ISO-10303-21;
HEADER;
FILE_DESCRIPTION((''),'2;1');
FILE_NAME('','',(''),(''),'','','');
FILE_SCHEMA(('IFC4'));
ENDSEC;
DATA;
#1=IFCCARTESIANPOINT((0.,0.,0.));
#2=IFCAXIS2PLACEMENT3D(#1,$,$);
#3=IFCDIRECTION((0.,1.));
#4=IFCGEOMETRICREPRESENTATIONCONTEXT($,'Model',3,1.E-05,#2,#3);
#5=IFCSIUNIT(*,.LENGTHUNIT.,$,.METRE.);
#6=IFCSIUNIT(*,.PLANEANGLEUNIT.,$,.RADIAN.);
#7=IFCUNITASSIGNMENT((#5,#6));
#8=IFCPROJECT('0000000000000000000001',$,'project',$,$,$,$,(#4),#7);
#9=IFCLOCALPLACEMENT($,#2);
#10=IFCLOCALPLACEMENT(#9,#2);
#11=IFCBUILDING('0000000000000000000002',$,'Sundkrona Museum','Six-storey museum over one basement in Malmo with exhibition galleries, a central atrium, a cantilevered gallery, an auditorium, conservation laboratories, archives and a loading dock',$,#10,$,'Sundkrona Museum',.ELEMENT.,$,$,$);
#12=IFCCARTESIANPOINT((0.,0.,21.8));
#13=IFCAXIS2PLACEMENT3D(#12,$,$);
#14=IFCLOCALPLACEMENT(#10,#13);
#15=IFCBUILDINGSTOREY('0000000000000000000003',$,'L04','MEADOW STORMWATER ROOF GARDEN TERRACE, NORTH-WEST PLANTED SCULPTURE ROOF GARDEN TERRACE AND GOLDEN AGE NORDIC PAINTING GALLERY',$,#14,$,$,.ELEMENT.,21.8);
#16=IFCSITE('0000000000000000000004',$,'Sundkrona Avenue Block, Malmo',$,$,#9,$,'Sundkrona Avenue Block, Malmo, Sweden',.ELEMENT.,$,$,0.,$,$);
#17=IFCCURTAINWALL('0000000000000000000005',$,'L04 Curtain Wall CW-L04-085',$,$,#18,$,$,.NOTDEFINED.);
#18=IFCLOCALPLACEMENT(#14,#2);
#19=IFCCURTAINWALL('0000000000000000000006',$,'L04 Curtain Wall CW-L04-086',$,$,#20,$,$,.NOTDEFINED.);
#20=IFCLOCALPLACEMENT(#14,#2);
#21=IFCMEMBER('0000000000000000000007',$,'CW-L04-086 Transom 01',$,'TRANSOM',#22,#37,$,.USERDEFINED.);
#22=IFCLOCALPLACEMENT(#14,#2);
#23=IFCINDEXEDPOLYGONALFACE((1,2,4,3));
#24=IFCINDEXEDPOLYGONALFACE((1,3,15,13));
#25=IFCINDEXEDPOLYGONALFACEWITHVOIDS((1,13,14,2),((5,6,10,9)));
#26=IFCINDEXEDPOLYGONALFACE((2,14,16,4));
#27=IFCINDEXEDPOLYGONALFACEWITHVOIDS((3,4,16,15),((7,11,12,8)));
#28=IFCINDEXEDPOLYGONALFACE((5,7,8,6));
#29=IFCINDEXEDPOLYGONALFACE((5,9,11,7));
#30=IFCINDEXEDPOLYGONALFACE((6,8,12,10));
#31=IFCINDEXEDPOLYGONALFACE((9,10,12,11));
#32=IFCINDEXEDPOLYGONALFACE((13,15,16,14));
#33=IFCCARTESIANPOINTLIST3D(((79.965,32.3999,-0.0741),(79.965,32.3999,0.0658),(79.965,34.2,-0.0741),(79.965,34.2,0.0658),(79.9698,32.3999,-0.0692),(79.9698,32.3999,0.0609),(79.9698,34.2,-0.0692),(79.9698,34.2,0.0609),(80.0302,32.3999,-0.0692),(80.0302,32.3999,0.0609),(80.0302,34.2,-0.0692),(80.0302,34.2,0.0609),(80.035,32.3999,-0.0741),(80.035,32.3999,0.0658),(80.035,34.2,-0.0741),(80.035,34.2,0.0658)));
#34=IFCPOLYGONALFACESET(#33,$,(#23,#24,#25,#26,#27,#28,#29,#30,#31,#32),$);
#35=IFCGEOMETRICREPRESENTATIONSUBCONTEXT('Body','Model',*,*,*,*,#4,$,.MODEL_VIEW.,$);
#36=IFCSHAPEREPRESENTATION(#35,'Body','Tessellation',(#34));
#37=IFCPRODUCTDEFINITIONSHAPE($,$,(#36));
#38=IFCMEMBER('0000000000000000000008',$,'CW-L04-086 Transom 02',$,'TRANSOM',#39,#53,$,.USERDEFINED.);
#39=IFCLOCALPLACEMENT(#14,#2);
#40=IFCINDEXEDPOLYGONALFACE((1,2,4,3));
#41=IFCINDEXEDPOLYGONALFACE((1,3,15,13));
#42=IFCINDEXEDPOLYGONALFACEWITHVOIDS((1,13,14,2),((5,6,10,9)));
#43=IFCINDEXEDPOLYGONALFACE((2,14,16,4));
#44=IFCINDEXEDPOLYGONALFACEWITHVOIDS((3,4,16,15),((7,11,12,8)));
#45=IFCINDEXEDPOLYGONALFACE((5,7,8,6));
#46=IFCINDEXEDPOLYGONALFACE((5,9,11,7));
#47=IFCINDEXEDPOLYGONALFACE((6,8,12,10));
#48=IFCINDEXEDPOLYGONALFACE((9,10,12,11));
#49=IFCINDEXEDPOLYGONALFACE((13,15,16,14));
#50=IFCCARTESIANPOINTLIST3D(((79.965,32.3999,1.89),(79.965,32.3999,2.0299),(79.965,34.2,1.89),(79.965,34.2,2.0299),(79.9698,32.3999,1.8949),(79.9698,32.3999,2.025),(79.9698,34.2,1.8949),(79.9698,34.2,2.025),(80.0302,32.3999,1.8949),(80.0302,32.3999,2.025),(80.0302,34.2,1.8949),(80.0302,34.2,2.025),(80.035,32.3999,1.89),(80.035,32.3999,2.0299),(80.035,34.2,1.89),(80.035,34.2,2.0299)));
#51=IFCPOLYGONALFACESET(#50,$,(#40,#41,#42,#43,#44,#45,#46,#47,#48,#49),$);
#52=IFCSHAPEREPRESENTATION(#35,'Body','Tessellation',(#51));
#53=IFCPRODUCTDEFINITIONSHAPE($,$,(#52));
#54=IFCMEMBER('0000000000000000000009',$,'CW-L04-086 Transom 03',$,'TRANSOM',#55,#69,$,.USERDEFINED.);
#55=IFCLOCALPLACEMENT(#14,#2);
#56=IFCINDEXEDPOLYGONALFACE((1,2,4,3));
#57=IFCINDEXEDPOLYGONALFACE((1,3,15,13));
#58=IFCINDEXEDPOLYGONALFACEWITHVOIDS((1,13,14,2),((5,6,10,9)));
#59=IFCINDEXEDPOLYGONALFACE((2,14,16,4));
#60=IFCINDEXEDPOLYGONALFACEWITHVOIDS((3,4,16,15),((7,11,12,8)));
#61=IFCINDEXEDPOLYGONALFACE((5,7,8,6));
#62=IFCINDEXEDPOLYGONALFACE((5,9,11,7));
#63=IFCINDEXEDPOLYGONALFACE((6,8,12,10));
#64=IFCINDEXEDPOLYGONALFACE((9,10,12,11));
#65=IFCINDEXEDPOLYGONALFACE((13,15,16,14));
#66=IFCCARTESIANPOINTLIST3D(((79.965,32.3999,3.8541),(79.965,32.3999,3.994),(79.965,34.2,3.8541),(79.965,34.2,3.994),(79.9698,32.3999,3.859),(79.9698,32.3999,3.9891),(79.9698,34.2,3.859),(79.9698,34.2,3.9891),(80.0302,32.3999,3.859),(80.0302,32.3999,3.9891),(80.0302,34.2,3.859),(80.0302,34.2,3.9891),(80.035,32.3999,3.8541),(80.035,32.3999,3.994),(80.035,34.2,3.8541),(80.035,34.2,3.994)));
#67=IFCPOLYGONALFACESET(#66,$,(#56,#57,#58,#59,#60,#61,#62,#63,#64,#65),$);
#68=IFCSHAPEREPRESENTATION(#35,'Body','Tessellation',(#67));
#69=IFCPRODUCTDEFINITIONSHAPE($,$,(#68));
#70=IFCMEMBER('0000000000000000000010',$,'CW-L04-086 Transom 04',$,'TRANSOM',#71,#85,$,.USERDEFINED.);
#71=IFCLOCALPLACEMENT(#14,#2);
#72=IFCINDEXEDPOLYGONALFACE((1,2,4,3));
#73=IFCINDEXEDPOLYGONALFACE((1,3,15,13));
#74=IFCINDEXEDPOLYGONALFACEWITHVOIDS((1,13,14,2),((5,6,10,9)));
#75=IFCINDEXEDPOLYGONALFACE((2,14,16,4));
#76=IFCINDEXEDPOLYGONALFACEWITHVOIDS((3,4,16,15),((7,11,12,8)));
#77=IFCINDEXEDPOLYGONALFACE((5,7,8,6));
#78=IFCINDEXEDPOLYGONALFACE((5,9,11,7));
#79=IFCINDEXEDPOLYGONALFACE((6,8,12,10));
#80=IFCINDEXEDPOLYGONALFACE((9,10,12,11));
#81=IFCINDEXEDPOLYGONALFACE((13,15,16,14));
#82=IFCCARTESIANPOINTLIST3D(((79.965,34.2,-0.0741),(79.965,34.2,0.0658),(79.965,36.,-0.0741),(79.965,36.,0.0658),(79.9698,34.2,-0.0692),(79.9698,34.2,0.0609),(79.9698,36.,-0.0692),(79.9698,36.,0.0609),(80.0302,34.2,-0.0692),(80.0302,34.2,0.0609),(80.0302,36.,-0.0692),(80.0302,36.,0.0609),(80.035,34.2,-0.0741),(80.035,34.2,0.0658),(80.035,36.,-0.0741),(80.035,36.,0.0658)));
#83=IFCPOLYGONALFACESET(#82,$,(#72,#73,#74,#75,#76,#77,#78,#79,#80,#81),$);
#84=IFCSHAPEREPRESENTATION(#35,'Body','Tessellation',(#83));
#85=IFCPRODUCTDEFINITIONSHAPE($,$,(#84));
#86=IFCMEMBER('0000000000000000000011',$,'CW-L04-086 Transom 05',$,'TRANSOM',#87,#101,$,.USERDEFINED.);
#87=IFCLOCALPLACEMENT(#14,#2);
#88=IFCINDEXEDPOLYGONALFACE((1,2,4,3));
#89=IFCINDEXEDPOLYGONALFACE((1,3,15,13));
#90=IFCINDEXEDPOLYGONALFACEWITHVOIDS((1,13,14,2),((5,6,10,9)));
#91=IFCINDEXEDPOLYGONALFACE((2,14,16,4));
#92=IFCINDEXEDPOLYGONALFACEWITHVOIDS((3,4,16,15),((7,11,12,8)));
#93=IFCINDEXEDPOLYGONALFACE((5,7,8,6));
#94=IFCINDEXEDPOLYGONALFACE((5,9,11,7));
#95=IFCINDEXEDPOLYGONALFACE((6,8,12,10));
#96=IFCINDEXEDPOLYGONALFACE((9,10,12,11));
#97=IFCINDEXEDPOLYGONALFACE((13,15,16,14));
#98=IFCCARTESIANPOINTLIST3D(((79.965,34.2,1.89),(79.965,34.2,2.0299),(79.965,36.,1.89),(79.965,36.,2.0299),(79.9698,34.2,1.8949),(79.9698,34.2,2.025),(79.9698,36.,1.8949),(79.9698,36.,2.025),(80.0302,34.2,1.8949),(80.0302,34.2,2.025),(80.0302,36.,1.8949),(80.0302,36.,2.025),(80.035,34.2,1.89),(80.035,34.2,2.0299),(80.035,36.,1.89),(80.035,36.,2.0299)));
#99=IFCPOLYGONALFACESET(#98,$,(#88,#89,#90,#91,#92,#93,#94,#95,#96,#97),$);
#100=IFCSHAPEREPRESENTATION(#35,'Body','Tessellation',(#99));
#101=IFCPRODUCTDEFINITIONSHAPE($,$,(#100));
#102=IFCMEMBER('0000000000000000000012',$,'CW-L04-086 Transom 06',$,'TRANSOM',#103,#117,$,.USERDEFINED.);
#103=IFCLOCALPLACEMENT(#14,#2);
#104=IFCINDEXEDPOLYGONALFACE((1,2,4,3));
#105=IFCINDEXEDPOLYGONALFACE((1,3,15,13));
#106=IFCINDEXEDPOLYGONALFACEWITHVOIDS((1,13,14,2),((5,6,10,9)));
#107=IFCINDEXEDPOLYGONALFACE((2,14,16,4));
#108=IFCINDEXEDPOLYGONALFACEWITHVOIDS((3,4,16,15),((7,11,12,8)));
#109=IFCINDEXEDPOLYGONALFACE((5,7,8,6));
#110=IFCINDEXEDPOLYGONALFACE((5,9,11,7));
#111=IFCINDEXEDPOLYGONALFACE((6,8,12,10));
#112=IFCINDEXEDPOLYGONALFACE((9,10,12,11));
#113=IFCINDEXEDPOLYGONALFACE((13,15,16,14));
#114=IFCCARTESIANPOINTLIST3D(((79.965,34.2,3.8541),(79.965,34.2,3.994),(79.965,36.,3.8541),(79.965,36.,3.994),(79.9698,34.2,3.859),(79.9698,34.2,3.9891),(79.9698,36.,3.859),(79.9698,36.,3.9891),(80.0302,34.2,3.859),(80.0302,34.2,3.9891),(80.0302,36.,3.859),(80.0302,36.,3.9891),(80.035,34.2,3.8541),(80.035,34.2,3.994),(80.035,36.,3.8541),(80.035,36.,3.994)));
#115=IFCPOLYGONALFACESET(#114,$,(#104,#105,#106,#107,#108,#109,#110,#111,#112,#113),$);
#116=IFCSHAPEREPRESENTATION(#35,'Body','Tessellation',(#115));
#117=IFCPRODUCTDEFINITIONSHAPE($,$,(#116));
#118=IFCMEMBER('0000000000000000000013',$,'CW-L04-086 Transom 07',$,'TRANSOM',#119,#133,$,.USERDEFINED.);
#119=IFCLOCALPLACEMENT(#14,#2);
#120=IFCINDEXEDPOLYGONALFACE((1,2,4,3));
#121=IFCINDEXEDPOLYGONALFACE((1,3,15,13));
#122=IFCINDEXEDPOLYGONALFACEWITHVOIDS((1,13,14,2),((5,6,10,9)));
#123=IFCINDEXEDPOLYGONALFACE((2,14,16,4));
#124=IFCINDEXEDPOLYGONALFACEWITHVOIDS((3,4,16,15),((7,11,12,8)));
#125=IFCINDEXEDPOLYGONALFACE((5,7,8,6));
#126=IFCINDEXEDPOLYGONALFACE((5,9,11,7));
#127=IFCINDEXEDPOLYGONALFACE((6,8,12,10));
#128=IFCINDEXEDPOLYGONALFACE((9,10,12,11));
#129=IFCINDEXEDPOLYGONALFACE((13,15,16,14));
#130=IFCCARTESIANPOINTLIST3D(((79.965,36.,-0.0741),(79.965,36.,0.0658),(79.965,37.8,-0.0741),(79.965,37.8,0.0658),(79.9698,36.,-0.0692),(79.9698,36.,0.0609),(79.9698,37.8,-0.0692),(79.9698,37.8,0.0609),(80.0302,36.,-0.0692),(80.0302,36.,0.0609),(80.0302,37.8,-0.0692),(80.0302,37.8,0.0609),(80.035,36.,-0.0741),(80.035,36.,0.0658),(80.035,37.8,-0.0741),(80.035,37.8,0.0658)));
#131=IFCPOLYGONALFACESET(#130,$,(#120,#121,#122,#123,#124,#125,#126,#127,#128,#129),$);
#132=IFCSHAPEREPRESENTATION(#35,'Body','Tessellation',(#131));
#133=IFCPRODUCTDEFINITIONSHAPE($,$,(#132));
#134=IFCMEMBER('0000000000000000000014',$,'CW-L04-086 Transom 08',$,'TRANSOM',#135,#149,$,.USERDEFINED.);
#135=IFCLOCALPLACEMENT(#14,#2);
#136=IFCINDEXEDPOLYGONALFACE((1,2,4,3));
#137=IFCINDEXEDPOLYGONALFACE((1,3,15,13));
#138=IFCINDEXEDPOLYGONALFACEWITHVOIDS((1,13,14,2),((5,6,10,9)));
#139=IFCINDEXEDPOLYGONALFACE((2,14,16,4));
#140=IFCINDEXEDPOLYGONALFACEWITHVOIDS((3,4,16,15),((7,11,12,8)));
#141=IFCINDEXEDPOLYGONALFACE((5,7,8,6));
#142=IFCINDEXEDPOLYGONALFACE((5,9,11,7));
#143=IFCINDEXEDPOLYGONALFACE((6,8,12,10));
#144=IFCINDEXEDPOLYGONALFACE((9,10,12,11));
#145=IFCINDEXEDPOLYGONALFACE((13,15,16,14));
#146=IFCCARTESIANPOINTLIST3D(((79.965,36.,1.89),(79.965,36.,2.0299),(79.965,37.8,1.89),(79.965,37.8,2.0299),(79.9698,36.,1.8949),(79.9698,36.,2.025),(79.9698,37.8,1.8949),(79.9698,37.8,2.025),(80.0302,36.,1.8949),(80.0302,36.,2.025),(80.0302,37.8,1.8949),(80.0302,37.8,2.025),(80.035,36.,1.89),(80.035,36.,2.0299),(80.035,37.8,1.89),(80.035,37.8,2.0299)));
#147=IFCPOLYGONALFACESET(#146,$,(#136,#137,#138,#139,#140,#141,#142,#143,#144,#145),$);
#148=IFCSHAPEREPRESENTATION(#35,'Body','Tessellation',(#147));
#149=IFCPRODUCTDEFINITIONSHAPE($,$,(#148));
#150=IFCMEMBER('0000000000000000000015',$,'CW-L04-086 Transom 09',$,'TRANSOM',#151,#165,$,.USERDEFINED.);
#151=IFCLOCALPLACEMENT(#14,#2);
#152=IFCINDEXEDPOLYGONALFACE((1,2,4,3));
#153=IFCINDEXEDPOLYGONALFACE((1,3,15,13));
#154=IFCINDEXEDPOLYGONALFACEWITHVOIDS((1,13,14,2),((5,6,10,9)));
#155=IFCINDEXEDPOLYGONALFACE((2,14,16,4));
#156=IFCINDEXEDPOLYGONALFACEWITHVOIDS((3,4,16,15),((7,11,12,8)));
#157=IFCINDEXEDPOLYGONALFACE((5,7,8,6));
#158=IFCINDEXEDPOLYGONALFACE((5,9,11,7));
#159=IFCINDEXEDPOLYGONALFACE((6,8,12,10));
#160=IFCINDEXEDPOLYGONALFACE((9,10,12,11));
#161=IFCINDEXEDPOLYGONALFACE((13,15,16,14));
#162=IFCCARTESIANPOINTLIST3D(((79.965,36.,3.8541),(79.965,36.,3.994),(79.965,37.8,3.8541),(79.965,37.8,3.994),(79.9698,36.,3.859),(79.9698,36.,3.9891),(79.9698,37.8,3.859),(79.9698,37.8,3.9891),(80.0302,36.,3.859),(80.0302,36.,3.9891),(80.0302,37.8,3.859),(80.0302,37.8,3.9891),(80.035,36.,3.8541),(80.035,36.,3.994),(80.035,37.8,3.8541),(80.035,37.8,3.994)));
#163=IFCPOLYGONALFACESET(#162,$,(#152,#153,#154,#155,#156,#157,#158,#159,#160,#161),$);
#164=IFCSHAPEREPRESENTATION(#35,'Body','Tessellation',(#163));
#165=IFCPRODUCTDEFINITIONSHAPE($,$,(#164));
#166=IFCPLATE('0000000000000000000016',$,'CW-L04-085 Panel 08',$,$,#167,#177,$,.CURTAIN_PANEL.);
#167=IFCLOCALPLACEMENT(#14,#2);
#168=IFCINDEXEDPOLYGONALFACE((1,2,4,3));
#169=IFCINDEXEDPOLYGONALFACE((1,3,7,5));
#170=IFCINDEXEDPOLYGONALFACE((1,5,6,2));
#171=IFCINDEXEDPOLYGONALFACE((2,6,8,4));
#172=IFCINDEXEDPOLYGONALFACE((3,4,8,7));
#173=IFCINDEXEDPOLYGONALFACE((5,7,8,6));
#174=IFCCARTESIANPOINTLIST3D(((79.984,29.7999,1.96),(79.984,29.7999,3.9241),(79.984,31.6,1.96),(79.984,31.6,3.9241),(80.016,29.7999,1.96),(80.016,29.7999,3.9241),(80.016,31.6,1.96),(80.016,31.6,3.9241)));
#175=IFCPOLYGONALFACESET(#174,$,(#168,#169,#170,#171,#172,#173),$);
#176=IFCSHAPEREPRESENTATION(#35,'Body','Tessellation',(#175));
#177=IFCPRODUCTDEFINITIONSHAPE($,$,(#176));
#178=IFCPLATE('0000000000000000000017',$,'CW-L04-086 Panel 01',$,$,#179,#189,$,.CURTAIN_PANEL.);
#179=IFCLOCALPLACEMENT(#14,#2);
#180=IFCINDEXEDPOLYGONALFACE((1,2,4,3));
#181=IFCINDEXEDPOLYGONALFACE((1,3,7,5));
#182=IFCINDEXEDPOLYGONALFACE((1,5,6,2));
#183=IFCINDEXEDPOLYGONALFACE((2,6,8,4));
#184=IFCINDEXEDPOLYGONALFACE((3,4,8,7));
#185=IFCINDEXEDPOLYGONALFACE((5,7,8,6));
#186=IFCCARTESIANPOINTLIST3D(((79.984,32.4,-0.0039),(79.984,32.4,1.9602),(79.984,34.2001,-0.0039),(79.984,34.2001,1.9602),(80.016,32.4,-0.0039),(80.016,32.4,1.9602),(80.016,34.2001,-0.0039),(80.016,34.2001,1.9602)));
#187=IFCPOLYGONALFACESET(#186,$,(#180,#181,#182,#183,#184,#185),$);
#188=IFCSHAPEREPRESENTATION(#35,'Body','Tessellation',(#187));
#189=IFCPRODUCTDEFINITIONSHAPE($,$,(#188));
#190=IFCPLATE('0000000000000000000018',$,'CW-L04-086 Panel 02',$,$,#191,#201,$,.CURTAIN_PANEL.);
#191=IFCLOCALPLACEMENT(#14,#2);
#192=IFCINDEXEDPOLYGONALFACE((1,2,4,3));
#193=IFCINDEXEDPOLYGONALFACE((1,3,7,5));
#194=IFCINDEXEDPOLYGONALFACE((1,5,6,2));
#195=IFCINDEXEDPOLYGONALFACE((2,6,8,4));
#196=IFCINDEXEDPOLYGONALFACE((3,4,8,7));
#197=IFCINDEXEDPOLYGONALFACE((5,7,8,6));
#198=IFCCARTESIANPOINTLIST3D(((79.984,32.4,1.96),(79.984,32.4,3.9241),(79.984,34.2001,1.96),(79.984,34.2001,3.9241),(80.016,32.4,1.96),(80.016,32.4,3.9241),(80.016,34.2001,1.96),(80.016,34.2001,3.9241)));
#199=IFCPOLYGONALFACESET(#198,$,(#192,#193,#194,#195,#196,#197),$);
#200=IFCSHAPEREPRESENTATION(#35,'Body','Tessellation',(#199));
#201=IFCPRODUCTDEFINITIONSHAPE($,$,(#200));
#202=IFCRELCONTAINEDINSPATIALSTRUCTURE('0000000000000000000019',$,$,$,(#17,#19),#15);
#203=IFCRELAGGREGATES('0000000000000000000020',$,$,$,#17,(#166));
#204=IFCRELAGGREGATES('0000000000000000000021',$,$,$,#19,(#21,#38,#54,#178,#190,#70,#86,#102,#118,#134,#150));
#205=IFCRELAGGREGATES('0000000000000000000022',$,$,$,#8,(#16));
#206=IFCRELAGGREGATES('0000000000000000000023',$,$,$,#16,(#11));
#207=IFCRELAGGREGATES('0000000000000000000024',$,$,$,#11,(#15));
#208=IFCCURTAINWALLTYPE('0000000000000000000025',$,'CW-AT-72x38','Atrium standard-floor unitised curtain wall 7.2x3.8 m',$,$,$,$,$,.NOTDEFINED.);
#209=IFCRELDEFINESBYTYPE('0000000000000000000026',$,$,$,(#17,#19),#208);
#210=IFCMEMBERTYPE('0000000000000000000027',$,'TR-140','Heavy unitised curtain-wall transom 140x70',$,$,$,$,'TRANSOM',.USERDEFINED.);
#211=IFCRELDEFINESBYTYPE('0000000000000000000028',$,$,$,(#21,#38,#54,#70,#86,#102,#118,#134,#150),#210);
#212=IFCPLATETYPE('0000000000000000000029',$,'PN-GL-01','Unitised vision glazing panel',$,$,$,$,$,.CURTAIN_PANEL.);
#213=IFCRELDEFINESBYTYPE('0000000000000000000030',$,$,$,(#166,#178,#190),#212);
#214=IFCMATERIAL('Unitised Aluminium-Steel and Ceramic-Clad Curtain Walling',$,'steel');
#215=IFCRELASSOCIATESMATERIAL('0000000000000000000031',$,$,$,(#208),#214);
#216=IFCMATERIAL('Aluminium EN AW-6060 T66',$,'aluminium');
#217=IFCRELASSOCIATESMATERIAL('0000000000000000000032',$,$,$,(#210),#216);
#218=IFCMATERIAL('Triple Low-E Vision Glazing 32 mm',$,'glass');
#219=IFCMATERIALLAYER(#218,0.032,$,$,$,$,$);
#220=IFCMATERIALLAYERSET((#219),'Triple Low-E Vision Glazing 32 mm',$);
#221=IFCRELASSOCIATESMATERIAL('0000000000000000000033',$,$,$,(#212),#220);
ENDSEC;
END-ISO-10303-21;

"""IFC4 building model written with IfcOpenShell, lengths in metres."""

from ifc_helpers import new_model, si_unit, direction, frame, origin, origin_2d, place, context, subcontext, project, spatial, rectangle, hollow_rectangle, extrude, material, layer, layer_set, material_profile, profile_set, type_object, element, aggregate, save


model = new_model("IFC4")

# Units and contexts
model_context = context("Model", 3, precision=1e-05, world=origin(), true_north=direction((0.0, 1.0)))
body_context = subcontext(model_context, "Body", "Model", "MODEL_VIEW")
ifc_project = project(units=[si_unit("LENGTHUNIT", "METRE"), si_unit("PLANEANGLEUNIT", "RADIAN")], contexts=[model_context])

# Site, building, storey
site_placement = place(None, origin())
site = spatial("IfcSite", under=ifc_project, at=site_placement, Name="Sundkrona Avenue Block, Malmo", LongName="Sundkrona Avenue Block, Malmo, Sweden", CompositionType="ELEMENT", RefElevation=0.0)
building_placement = place(site_placement, origin())
building = spatial("IfcBuilding", under=site, at=building_placement, Name="Sundkrona Museum", Description="Six-storey museum over one basement in Malmo with exhibition galleries, a central atrium, a cantilevered gallery, an auditorium, conservation laboratories, archives and a loading dock", LongName="Sundkrona Museum", CompositionType="ELEMENT")
storey_placement = place(building_placement, frame((0.0, 0.0, 21.8)))
storey = spatial("IfcBuildingStorey", under=building, at=storey_placement, Name="L04", Description="MEADOW STORMWATER ROOF GARDEN TERRACE, NORTH-WEST PLANTED SCULPTURE ROOF GARDEN TERRACE AND GOLDEN AGE NORDIC PAINTING GALLERY", CompositionType="ELEMENT", Elevation=21.8)

# Curtain wall
ifc_material_1 = material(Name="Unitised Aluminium-Steel and Ceramic-Clad Curtain Walling", Category="steel")
ifc_material_2 = material(Name="Aluminium EN AW-6060 T66", Category="aluminium")
curtain_wall_type_1 = type_object("IfcCurtainWallType", Name="CW-AT-72x38", Description="Atrium standard-floor unitised curtain wall 7.2x3.8 m", PredefinedType="NOTDEFINED", material=ifc_material_1)
curtain_wall_1_placement = place(storey_placement, origin())
curtain_wall_1 = element("IfcCurtainWall", 1, at=curtain_wall_1_placement, inside=storey, type_object=curtain_wall_type_1, Name="L04 Curtain Wall CW-L04-085", PredefinedType="NOTDEFINED")

# Curtain wall
curtain_wall_2_placement = place(storey_placement, origin())
curtain_wall_2 = element("IfcCurtainWall", 2, at=curtain_wall_2_placement, inside=storey, type_object=curtain_wall_type_1, Name="L04 Curtain Wall CW-L04-086", PredefinedType="NOTDEFINED")

# Members
ifc_material_profile_1 = material_profile(ifc_material_2, hollow_rectangle(XDim=0.0701, YDim=0.1399, WallThickness=0.0049, at=origin_2d()), Name="RHS 140x70x5.0")
ifc_profile_set_1 = profile_set([ifc_material_profile_1], Name="Aluminium EN AW-6060 T66")
member_type_1 = type_object("IfcMemberType", Name="TR-140", Description="Heavy unitised curtain-wall transom 140x70", ElementType="TRANSOM", PredefinedType="USERDEFINED", material=ifc_profile_set_1)
member_1_placement = place(storey_placement, frame((80.0, 32.3999, -0.0042), z_axis=(0.0, 1.0, 0.0), x_axis=(-1.0, 0.0, 0.0)))
member_1 = element("IfcMember", 3, at=member_1_placement, type_object=member_type_1, Name="CW-L04-086 Transom 01", ObjectType="TRANSOM", PredefinedType="USERDEFINED", context=body_context, shape_type="SweptSolid", body=[
    extrude(hollow_rectangle(XDim=0.0701, YDim=0.1399, WallThickness=0.0049, at=origin_2d()), origin(), (0.0, 0.0, 1.0), 1.8),
])
member_2_placement = place(storey_placement, frame((80.0, 32.3999, 1.96), z_axis=(0.0, 1.0, 0.0), x_axis=(-1.0, 0.0, 0.0)))
member_2 = element("IfcMember", 4, at=member_2_placement, type_object=member_type_1, Name="CW-L04-086 Transom 02", ObjectType="TRANSOM", PredefinedType="USERDEFINED", context=body_context, shape_type="SweptSolid", body=[
    extrude(hollow_rectangle(XDim=0.0701, YDim=0.1399, WallThickness=0.0049, at=origin_2d()), origin(), (0.0, 0.0, 1.0), 1.8),
])
member_3_placement = place(storey_placement, frame((80.0, 32.3999, 3.9241), z_axis=(0.0, 1.0, 0.0), x_axis=(-1.0, 0.0, 0.0)))
member_3 = element("IfcMember", 5, at=member_3_placement, type_object=member_type_1, Name="CW-L04-086 Transom 03", ObjectType="TRANSOM", PredefinedType="USERDEFINED", context=body_context, shape_type="SweptSolid", body=[
    extrude(hollow_rectangle(XDim=0.0701, YDim=0.1399, WallThickness=0.0049, at=origin_2d()), origin(), (0.0, 0.0, 1.0), 1.8),
])
member_4_placement = place(storey_placement, frame((80.0, 34.2, -0.0042), z_axis=(0.0, 1.0, 0.0), x_axis=(-1.0, 0.0, 0.0)))
member_4 = element("IfcMember", 6, at=member_4_placement, type_object=member_type_1, Name="CW-L04-086 Transom 04", ObjectType="TRANSOM", PredefinedType="USERDEFINED", context=body_context, shape_type="SweptSolid", body=[
    extrude(hollow_rectangle(XDim=0.0701, YDim=0.1399, WallThickness=0.0049, at=origin_2d()), origin(), (0.0, 0.0, 1.0), 1.8),
])
member_5_placement = place(storey_placement, frame((80.0, 34.2, 1.96), z_axis=(0.0, 1.0, 0.0), x_axis=(-1.0, 0.0, 0.0)))
member_5 = element("IfcMember", 7, at=member_5_placement, type_object=member_type_1, Name="CW-L04-086 Transom 05", ObjectType="TRANSOM", PredefinedType="USERDEFINED", context=body_context, shape_type="SweptSolid", body=[
    extrude(hollow_rectangle(XDim=0.0701, YDim=0.1399, WallThickness=0.0049, at=origin_2d()), origin(), (0.0, 0.0, 1.0), 1.8),
])
member_6_placement = place(storey_placement, frame((80.0, 34.2, 3.9241), z_axis=(0.0, 1.0, 0.0), x_axis=(-1.0, 0.0, 0.0)))
member_6 = element("IfcMember", 8, at=member_6_placement, type_object=member_type_1, Name="CW-L04-086 Transom 06", ObjectType="TRANSOM", PredefinedType="USERDEFINED", context=body_context, shape_type="SweptSolid", body=[
    extrude(hollow_rectangle(XDim=0.0701, YDim=0.1399, WallThickness=0.0049, at=origin_2d()), origin(), (0.0, 0.0, 1.0), 1.8),
])
member_7_placement = place(storey_placement, frame((80.0, 36.0, -0.0042), z_axis=(0.0, 1.0, 0.0), x_axis=(-1.0, 0.0, 0.0)))
member_7 = element("IfcMember", 9, at=member_7_placement, type_object=member_type_1, Name="CW-L04-086 Transom 07", ObjectType="TRANSOM", PredefinedType="USERDEFINED", context=body_context, shape_type="SweptSolid", body=[
    extrude(hollow_rectangle(XDim=0.0701, YDim=0.1399, WallThickness=0.0049, at=origin_2d()), origin(), (0.0, 0.0, 1.0), 1.8),
])
member_8_placement = place(storey_placement, frame((80.0, 36.0, 1.96), z_axis=(0.0, 1.0, 0.0), x_axis=(-1.0, 0.0, 0.0)))
member_8 = element("IfcMember", 10, at=member_8_placement, type_object=member_type_1, Name="CW-L04-086 Transom 08", ObjectType="TRANSOM", PredefinedType="USERDEFINED", context=body_context, shape_type="SweptSolid", body=[
    extrude(hollow_rectangle(XDim=0.0701, YDim=0.1399, WallThickness=0.0049, at=origin_2d()), origin(), (0.0, 0.0, 1.0), 1.8),
])
member_9_placement = place(storey_placement, frame((80.0, 36.0, 3.9241), z_axis=(0.0, 1.0, 0.0), x_axis=(-1.0, 0.0, 0.0)))
member_9 = element("IfcMember", 11, at=member_9_placement, type_object=member_type_1, Name="CW-L04-086 Transom 09", ObjectType="TRANSOM", PredefinedType="USERDEFINED", context=body_context, shape_type="SweptSolid", body=[
    extrude(hollow_rectangle(XDim=0.0701, YDim=0.1399, WallThickness=0.0049, at=origin_2d()), origin(), (0.0, 0.0, 1.0), 1.8),
])

# Plates
ifc_material_3 = material(Name="Triple Low-E Vision Glazing 32 mm", Category="glass")
ifc_layer_1 = layer(ifc_material_3, 0.032)
ifc_layer_set_1 = layer_set([ifc_layer_1], Name="Triple Low-E Vision Glazing 32 mm")
plate_type_1 = type_object("IfcPlateType", Name="PN-GL-01", Description="Unitised vision glazing panel", PredefinedType="CURTAIN_PANEL", material=ifc_layer_set_1)
plate_1_placement = place(storey_placement, frame((80.0, 30.7, 1.96), z_axis=(0.0, 0.0, 1.0), x_axis=(0.0, 1.0, 0.0)))
plate_1 = element("IfcPlate", 12, at=plate_1_placement, type_object=plate_type_1, Name="CW-L04-085 Panel 08", PredefinedType="CURTAIN_PANEL", context=body_context, shape_type="SweptSolid", body=[
    extrude(rectangle(XDim=1.8, YDim=0.032, at=origin_2d()), origin(), (0.0, 0.0, 1.0), 1.9641),
])
aggregate(curtain_wall_1, [plate_1])
plate_2_placement = place(storey_placement, frame((80.0, 33.3, -0.0039), z_axis=(0.0, 0.0, 1.0), x_axis=(0.0, 1.0, 0.0)))
plate_2 = element("IfcPlate", 13, at=plate_2_placement, type_object=plate_type_1, Name="CW-L04-086 Panel 01", PredefinedType="CURTAIN_PANEL", context=body_context, shape_type="SweptSolid", body=[
    extrude(rectangle(XDim=1.8, YDim=0.032, at=origin_2d()), origin(), (0.0, 0.0, 1.0), 1.9641),
])
plate_3_placement = place(storey_placement, frame((80.0, 33.3, 1.96), z_axis=(0.0, 0.0, 1.0), x_axis=(0.0, 1.0, 0.0)))
plate_3 = element("IfcPlate", 14, at=plate_3_placement, type_object=plate_type_1, Name="CW-L04-086 Panel 02", PredefinedType="CURTAIN_PANEL", context=body_context, shape_type="SweptSolid", body=[
    extrude(rectangle(XDim=1.8, YDim=0.032, at=origin_2d()), origin(), (0.0, 0.0, 1.0), 1.9641),
])
aggregate(curtain_wall_2, [member_1, member_2, member_3, plate_2, plate_3, member_4, member_5, member_6, member_7, member_8, member_9])

save(model, "model.ifc")
